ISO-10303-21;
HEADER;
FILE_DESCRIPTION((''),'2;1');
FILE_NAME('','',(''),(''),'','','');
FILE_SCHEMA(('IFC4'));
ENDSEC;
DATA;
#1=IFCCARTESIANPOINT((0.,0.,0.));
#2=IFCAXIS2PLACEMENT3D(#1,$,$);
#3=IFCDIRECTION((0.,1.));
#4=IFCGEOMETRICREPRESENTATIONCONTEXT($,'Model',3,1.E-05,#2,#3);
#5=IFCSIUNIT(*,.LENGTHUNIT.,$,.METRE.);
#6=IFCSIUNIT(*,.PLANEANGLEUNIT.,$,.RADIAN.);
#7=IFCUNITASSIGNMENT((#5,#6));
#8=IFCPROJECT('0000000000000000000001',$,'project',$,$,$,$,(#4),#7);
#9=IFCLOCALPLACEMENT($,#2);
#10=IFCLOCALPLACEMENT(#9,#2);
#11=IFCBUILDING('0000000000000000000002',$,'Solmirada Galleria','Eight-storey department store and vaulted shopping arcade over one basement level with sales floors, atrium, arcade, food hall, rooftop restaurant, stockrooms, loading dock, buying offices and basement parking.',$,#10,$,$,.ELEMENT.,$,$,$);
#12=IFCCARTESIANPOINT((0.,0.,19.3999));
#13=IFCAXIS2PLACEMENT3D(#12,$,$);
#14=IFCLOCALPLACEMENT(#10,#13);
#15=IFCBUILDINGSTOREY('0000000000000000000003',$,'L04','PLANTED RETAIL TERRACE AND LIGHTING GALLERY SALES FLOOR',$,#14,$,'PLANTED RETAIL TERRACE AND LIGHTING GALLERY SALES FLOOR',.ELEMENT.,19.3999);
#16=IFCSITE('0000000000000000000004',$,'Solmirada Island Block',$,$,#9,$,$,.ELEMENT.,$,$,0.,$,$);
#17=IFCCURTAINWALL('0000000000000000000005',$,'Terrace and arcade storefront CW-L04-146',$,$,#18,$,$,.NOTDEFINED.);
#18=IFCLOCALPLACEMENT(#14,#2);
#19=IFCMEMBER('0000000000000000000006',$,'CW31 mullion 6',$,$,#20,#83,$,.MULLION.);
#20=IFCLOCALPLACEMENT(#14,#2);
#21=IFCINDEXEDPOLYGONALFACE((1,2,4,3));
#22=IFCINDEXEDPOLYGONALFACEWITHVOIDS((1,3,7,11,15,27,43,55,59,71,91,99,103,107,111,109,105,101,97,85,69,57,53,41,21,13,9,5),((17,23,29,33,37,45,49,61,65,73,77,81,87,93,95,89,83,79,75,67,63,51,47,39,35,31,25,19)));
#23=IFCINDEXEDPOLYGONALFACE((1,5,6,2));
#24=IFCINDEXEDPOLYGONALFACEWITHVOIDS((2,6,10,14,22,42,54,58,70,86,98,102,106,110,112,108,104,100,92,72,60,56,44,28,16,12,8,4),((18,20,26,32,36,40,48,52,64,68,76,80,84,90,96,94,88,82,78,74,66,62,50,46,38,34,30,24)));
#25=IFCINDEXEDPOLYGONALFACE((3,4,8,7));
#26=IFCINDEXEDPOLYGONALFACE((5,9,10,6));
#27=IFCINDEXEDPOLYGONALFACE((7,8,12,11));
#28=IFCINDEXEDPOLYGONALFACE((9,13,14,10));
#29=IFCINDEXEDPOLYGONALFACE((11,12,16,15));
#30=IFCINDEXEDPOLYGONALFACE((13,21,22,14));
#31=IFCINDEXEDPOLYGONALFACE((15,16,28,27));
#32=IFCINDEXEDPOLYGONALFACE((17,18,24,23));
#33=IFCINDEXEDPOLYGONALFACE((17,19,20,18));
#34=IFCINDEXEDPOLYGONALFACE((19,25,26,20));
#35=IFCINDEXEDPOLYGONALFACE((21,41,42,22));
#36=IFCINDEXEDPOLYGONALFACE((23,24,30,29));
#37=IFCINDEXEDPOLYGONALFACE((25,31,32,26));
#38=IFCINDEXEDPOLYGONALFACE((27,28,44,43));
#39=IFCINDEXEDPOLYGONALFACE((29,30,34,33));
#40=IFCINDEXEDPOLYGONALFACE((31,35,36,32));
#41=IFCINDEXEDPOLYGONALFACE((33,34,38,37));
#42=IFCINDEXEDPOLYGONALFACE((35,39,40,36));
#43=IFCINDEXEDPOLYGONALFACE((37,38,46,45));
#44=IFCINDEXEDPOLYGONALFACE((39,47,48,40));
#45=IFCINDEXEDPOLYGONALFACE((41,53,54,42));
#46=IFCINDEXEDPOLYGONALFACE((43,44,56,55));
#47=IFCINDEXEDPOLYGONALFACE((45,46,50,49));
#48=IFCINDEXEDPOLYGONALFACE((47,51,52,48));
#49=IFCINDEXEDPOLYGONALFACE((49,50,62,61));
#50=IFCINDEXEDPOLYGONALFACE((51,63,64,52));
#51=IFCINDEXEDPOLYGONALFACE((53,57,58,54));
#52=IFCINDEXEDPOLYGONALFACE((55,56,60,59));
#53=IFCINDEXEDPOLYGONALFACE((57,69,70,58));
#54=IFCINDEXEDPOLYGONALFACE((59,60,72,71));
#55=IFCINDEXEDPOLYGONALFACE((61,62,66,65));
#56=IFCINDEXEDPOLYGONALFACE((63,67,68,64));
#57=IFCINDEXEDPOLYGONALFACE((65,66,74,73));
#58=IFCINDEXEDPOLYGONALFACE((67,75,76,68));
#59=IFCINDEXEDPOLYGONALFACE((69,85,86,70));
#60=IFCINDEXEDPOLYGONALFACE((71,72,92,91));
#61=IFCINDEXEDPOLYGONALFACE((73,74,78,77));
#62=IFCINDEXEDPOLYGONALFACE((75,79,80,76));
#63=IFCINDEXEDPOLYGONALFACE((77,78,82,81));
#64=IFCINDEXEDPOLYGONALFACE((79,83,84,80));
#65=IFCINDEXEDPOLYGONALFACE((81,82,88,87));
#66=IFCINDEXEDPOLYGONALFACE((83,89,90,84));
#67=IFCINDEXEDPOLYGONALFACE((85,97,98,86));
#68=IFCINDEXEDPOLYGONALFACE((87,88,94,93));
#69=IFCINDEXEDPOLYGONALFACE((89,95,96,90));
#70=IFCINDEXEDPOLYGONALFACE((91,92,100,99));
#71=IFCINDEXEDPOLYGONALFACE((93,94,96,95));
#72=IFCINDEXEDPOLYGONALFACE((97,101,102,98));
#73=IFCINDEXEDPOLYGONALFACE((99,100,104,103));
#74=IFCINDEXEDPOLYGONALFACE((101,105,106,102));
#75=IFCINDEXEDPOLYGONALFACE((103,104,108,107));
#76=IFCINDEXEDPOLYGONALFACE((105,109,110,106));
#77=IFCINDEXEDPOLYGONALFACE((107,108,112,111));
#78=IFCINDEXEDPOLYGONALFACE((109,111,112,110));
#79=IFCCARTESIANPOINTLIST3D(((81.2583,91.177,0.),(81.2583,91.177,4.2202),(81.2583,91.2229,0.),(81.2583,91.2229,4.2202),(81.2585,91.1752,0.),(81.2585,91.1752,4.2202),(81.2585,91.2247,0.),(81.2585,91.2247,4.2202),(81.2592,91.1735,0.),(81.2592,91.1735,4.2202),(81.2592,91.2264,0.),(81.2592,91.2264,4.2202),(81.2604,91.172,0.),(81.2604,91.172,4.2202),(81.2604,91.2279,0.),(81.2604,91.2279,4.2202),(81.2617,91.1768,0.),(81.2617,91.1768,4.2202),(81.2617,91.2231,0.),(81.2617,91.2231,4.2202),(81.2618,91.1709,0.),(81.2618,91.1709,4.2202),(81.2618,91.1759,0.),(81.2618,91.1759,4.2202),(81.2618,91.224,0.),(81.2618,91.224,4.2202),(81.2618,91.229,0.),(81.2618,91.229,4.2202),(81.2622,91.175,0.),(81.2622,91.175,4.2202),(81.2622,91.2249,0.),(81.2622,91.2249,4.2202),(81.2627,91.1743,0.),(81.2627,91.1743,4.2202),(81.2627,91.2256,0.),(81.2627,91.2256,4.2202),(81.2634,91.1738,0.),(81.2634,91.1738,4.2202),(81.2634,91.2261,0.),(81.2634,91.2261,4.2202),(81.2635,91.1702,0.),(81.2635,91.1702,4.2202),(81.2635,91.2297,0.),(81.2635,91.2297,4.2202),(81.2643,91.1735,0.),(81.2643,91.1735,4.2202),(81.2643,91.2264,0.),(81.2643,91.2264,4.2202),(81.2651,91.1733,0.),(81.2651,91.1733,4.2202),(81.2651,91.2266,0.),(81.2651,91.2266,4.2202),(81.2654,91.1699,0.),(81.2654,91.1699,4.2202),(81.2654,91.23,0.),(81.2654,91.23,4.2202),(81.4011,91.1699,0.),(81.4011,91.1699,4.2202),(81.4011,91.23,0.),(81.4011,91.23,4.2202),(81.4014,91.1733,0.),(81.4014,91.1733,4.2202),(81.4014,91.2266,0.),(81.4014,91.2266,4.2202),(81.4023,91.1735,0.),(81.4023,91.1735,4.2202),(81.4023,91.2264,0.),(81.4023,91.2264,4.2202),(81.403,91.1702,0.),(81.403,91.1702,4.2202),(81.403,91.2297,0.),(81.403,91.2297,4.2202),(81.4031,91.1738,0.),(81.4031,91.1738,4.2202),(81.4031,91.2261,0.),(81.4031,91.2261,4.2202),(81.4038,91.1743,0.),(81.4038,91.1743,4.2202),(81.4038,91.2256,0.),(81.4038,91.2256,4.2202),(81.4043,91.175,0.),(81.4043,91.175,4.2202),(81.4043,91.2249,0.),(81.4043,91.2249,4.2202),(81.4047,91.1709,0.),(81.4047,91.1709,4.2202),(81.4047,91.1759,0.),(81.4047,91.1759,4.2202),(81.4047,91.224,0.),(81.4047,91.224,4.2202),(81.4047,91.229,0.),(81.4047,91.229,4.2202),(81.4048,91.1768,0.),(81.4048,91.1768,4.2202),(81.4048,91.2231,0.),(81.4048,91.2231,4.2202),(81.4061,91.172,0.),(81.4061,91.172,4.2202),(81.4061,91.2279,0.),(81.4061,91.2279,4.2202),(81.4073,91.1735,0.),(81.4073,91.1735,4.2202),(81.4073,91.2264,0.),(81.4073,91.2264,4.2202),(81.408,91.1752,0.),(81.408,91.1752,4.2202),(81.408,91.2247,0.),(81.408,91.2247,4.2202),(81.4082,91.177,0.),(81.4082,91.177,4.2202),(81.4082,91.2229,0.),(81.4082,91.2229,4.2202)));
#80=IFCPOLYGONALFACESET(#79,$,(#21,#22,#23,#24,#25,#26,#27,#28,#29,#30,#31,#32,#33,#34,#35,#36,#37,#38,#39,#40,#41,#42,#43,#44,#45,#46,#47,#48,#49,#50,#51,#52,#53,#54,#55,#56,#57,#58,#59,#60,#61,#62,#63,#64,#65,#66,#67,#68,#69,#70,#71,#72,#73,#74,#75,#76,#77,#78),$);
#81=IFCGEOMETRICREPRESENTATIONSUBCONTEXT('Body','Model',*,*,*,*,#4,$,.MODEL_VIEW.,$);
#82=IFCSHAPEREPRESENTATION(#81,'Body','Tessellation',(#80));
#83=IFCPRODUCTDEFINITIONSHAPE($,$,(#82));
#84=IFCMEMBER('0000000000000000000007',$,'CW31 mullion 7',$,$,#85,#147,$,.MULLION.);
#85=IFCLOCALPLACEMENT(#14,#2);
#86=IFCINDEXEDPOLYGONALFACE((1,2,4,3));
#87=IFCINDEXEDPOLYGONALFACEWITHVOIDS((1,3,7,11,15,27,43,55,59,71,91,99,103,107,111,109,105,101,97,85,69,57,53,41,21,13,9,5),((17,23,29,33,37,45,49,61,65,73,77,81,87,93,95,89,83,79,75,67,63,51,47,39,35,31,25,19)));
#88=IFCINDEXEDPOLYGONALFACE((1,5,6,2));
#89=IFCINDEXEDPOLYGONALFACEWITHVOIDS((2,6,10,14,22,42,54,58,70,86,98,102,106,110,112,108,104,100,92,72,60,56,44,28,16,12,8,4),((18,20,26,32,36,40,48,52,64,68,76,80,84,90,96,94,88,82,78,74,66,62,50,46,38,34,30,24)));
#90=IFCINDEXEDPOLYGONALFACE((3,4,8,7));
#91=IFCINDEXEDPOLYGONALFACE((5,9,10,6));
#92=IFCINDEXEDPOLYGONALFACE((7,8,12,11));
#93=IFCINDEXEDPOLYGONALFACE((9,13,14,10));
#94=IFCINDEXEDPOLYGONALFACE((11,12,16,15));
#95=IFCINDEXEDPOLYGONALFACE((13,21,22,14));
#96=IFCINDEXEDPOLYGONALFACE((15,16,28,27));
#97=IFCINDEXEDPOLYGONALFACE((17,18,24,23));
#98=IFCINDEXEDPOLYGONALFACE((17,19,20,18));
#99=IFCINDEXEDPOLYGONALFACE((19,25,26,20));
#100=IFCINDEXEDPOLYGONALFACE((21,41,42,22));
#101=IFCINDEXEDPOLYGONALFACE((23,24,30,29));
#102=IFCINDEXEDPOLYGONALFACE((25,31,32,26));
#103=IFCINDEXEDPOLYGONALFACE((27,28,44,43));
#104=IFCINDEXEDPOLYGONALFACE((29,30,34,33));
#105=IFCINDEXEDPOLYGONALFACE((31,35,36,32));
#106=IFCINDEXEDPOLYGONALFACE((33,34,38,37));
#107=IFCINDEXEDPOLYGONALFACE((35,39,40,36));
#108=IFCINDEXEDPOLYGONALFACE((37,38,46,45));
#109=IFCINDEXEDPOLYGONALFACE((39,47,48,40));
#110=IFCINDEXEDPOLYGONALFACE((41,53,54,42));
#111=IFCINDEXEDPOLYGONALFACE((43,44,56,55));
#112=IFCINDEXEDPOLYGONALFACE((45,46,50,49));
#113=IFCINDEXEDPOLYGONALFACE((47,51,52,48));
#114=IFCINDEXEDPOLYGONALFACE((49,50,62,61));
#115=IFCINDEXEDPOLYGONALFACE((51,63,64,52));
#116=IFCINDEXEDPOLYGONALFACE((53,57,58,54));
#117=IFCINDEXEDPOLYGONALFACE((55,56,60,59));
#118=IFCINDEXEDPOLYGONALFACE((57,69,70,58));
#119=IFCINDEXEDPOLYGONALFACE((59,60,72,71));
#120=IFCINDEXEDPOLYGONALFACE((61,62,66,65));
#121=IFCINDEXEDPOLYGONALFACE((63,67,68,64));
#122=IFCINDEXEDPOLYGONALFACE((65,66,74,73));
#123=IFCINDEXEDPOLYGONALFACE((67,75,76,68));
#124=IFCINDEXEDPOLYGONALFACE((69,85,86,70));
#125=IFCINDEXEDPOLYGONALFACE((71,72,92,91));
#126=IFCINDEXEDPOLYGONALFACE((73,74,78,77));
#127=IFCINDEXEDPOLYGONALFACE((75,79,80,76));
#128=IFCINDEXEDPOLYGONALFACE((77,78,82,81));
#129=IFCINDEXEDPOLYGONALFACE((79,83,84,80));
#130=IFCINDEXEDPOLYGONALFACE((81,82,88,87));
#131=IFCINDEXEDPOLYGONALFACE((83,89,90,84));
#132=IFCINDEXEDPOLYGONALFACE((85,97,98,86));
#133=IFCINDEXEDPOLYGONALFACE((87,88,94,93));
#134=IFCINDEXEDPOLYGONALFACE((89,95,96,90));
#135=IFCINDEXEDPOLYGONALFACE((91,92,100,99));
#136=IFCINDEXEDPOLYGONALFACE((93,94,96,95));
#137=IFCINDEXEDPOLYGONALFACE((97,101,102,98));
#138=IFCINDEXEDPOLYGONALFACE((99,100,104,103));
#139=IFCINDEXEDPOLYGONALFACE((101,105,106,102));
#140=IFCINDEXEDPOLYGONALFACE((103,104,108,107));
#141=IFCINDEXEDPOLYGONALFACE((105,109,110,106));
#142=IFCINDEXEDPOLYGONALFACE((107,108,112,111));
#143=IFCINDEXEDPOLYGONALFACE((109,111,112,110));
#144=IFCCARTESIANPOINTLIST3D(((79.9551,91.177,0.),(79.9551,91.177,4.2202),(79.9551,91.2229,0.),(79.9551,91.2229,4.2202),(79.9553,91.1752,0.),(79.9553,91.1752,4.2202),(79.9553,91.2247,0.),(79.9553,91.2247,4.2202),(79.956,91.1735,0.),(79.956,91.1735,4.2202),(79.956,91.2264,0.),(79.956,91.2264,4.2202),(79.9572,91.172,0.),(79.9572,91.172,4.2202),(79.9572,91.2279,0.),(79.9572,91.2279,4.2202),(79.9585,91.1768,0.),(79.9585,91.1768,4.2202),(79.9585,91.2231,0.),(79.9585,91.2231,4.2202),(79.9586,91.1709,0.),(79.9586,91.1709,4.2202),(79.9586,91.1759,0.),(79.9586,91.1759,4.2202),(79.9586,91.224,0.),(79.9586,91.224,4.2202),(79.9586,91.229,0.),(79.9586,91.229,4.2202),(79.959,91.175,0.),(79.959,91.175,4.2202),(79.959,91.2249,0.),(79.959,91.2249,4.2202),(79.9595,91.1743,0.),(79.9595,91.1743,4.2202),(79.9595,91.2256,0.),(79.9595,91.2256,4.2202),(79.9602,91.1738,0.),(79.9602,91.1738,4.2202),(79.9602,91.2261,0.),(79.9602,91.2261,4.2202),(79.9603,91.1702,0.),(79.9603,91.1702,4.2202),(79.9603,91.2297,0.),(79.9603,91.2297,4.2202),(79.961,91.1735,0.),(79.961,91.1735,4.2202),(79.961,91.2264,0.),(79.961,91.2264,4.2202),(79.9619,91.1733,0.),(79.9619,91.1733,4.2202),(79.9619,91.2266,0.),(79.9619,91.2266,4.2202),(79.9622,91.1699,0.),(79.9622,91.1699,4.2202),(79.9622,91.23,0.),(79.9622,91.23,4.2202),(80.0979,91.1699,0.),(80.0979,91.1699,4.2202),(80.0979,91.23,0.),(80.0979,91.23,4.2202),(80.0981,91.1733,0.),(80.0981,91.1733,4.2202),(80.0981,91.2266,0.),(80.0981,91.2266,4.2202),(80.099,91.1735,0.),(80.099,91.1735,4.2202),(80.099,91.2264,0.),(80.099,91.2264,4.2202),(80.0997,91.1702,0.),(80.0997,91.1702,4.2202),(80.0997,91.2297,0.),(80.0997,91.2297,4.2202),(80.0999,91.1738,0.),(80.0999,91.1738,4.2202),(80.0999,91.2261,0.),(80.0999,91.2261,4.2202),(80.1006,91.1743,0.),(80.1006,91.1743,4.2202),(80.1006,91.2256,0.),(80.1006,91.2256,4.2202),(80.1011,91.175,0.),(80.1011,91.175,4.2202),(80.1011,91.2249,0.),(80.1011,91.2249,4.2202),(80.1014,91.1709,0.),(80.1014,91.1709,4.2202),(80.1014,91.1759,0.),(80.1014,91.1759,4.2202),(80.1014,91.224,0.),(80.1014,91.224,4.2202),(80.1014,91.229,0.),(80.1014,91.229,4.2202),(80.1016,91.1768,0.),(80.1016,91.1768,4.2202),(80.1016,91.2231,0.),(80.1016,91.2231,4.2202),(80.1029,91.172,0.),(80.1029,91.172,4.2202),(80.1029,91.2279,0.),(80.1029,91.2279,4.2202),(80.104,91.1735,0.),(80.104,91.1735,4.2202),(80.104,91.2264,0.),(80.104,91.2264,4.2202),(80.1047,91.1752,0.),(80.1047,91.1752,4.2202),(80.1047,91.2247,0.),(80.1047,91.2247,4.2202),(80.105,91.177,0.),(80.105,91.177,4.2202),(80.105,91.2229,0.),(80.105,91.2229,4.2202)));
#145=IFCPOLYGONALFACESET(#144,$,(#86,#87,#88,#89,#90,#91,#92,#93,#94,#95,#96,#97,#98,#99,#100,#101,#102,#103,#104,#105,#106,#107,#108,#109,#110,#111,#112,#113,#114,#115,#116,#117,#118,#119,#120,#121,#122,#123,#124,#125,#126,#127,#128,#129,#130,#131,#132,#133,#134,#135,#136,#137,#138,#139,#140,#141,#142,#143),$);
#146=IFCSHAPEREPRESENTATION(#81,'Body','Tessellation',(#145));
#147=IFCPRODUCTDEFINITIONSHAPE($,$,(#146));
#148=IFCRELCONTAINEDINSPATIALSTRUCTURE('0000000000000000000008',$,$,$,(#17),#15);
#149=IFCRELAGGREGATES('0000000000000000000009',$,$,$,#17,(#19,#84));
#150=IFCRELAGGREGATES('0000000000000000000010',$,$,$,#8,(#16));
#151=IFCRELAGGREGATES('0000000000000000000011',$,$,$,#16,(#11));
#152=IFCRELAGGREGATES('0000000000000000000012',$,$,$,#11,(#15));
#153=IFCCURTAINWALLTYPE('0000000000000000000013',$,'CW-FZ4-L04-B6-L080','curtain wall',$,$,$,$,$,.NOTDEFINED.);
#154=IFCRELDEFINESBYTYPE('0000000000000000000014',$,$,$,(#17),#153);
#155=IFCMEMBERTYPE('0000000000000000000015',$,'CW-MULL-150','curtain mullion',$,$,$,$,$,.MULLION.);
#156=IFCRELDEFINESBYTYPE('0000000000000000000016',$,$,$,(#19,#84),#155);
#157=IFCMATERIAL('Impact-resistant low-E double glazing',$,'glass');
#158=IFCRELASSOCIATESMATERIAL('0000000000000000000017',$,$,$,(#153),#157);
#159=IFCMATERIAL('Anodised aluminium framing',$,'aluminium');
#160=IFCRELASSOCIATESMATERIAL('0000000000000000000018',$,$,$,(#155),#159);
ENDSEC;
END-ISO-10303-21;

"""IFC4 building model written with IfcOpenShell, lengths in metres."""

from ifc_helpers import new_model, si_unit, direction, frame, origin, origin_2d, place, context, subcontext, project, spatial, hollow_rectangle, extrude, material, material_profile, profile_set, type_object, element, aggregate, save


model = new_model("IFC4")

# Units and contexts
model_context = context("Model", 3, precision=1e-05, world=origin(), true_north=direction((0.0, 1.0)))
body_context = subcontext(model_context, "Body", "Model", "MODEL_VIEW")
ifc_project = project(units=[si_unit("LENGTHUNIT", "METRE"), si_unit("PLANEANGLEUNIT", "RADIAN")], contexts=[model_context])

# Site, building, storey
site_placement = place(None, origin())
site = spatial("IfcSite", under=ifc_project, at=site_placement, Name="Solmirada Island Block", CompositionType="ELEMENT", RefElevation=0.0)
building_placement = place(site_placement, origin())
building = spatial("IfcBuilding", under=site, at=building_placement, Name="Solmirada Galleria", Description="Eight-storey department store and vaulted shopping arcade over one basement level with sales floors, atrium, arcade, food hall, rooftop restaurant, stockrooms, loading dock, buying offices and basement parking.", CompositionType="ELEMENT")
storey_placement = place(building_placement, frame((0.0, 0.0, 19.3999)))
storey = spatial("IfcBuildingStorey", under=building, at=storey_placement, Name="L04", Description="PLANTED RETAIL TERRACE AND LIGHTING GALLERY SALES FLOOR", LongName="PLANTED RETAIL TERRACE AND LIGHTING GALLERY SALES FLOOR", CompositionType="ELEMENT", Elevation=19.3999)

# Curtain wall, members
ifc_material_1 = material(Name="Impact-resistant low-E double glazing", Category="glass")
curtain_wall_type = type_object("IfcCurtainWallType", Name="CW-FZ4-L04-B6-L080", Description="curtain wall", PredefinedType="NOTDEFINED", material=ifc_material_1)
curtain_wall_placement = place(storey_placement, origin())
curtain_wall = element("IfcCurtainWall", 1, at=curtain_wall_placement, inside=storey, type_object=curtain_wall_type, Name="Terrace and arcade storefront CW-L04-146", PredefinedType="NOTDEFINED")
ifc_material_2 = material(Name="Anodised aluminium framing", Category="aluminium")
ifc_material_profile_1 = material_profile(ifc_material_2, hollow_rectangle(XDim=0.0601, YDim=0.1499, WallThickness=0.0034, InnerFilletRadius=0.0034, OuterFilletRadius=0.0071, at=origin_2d()), Name="ALU-MULL-150X60")
ifc_profile_set_1 = profile_set([ifc_material_profile_1], Name="Anodised aluminium framing")
member_type_1 = type_object("IfcMemberType", Name="CW-MULL-150", Description="curtain mullion", PredefinedType="MULLION", material=ifc_profile_set_1)
member_1_placement = place(storey_placement, frame((81.3333, 91.2, 0.0), z_axis=(0.0, 0.0, 1.0), x_axis=(0.0, -1.0, 0.0)))
member_1 = element("IfcMember", 2, at=member_1_placement, type_object=member_type_1, Name="CW31 mullion 6", PredefinedType="MULLION", context=body_context, shape_type="SweptSolid", body=[
    extrude(hollow_rectangle(XDim=0.0601, YDim=0.1499, WallThickness=0.0034, InnerFilletRadius=0.0034, OuterFilletRadius=0.0071, at=origin_2d()), origin(), (0.0, 0.0, 1.0), 4.2202),
])
member_2_placement = place(storey_placement, frame((80.03, 91.2, 0.0), z_axis=(0.0, 0.0, 1.0), x_axis=(0.0, -1.0, 0.0)))
member_2 = element("IfcMember", 3, at=member_2_placement, type_object=member_type_1, Name="CW31 mullion 7", PredefinedType="MULLION", context=body_context, shape_type="SweptSolid", body=[
    extrude(hollow_rectangle(XDim=0.0601, YDim=0.1499, WallThickness=0.0034, InnerFilletRadius=0.0034, OuterFilletRadius=0.0071, at=origin_2d()), origin(), (0.0, 0.0, 1.0), 4.2202),
])
aggregate(curtain_wall, [member_1, member_2])

save(model, "model.ifc")
